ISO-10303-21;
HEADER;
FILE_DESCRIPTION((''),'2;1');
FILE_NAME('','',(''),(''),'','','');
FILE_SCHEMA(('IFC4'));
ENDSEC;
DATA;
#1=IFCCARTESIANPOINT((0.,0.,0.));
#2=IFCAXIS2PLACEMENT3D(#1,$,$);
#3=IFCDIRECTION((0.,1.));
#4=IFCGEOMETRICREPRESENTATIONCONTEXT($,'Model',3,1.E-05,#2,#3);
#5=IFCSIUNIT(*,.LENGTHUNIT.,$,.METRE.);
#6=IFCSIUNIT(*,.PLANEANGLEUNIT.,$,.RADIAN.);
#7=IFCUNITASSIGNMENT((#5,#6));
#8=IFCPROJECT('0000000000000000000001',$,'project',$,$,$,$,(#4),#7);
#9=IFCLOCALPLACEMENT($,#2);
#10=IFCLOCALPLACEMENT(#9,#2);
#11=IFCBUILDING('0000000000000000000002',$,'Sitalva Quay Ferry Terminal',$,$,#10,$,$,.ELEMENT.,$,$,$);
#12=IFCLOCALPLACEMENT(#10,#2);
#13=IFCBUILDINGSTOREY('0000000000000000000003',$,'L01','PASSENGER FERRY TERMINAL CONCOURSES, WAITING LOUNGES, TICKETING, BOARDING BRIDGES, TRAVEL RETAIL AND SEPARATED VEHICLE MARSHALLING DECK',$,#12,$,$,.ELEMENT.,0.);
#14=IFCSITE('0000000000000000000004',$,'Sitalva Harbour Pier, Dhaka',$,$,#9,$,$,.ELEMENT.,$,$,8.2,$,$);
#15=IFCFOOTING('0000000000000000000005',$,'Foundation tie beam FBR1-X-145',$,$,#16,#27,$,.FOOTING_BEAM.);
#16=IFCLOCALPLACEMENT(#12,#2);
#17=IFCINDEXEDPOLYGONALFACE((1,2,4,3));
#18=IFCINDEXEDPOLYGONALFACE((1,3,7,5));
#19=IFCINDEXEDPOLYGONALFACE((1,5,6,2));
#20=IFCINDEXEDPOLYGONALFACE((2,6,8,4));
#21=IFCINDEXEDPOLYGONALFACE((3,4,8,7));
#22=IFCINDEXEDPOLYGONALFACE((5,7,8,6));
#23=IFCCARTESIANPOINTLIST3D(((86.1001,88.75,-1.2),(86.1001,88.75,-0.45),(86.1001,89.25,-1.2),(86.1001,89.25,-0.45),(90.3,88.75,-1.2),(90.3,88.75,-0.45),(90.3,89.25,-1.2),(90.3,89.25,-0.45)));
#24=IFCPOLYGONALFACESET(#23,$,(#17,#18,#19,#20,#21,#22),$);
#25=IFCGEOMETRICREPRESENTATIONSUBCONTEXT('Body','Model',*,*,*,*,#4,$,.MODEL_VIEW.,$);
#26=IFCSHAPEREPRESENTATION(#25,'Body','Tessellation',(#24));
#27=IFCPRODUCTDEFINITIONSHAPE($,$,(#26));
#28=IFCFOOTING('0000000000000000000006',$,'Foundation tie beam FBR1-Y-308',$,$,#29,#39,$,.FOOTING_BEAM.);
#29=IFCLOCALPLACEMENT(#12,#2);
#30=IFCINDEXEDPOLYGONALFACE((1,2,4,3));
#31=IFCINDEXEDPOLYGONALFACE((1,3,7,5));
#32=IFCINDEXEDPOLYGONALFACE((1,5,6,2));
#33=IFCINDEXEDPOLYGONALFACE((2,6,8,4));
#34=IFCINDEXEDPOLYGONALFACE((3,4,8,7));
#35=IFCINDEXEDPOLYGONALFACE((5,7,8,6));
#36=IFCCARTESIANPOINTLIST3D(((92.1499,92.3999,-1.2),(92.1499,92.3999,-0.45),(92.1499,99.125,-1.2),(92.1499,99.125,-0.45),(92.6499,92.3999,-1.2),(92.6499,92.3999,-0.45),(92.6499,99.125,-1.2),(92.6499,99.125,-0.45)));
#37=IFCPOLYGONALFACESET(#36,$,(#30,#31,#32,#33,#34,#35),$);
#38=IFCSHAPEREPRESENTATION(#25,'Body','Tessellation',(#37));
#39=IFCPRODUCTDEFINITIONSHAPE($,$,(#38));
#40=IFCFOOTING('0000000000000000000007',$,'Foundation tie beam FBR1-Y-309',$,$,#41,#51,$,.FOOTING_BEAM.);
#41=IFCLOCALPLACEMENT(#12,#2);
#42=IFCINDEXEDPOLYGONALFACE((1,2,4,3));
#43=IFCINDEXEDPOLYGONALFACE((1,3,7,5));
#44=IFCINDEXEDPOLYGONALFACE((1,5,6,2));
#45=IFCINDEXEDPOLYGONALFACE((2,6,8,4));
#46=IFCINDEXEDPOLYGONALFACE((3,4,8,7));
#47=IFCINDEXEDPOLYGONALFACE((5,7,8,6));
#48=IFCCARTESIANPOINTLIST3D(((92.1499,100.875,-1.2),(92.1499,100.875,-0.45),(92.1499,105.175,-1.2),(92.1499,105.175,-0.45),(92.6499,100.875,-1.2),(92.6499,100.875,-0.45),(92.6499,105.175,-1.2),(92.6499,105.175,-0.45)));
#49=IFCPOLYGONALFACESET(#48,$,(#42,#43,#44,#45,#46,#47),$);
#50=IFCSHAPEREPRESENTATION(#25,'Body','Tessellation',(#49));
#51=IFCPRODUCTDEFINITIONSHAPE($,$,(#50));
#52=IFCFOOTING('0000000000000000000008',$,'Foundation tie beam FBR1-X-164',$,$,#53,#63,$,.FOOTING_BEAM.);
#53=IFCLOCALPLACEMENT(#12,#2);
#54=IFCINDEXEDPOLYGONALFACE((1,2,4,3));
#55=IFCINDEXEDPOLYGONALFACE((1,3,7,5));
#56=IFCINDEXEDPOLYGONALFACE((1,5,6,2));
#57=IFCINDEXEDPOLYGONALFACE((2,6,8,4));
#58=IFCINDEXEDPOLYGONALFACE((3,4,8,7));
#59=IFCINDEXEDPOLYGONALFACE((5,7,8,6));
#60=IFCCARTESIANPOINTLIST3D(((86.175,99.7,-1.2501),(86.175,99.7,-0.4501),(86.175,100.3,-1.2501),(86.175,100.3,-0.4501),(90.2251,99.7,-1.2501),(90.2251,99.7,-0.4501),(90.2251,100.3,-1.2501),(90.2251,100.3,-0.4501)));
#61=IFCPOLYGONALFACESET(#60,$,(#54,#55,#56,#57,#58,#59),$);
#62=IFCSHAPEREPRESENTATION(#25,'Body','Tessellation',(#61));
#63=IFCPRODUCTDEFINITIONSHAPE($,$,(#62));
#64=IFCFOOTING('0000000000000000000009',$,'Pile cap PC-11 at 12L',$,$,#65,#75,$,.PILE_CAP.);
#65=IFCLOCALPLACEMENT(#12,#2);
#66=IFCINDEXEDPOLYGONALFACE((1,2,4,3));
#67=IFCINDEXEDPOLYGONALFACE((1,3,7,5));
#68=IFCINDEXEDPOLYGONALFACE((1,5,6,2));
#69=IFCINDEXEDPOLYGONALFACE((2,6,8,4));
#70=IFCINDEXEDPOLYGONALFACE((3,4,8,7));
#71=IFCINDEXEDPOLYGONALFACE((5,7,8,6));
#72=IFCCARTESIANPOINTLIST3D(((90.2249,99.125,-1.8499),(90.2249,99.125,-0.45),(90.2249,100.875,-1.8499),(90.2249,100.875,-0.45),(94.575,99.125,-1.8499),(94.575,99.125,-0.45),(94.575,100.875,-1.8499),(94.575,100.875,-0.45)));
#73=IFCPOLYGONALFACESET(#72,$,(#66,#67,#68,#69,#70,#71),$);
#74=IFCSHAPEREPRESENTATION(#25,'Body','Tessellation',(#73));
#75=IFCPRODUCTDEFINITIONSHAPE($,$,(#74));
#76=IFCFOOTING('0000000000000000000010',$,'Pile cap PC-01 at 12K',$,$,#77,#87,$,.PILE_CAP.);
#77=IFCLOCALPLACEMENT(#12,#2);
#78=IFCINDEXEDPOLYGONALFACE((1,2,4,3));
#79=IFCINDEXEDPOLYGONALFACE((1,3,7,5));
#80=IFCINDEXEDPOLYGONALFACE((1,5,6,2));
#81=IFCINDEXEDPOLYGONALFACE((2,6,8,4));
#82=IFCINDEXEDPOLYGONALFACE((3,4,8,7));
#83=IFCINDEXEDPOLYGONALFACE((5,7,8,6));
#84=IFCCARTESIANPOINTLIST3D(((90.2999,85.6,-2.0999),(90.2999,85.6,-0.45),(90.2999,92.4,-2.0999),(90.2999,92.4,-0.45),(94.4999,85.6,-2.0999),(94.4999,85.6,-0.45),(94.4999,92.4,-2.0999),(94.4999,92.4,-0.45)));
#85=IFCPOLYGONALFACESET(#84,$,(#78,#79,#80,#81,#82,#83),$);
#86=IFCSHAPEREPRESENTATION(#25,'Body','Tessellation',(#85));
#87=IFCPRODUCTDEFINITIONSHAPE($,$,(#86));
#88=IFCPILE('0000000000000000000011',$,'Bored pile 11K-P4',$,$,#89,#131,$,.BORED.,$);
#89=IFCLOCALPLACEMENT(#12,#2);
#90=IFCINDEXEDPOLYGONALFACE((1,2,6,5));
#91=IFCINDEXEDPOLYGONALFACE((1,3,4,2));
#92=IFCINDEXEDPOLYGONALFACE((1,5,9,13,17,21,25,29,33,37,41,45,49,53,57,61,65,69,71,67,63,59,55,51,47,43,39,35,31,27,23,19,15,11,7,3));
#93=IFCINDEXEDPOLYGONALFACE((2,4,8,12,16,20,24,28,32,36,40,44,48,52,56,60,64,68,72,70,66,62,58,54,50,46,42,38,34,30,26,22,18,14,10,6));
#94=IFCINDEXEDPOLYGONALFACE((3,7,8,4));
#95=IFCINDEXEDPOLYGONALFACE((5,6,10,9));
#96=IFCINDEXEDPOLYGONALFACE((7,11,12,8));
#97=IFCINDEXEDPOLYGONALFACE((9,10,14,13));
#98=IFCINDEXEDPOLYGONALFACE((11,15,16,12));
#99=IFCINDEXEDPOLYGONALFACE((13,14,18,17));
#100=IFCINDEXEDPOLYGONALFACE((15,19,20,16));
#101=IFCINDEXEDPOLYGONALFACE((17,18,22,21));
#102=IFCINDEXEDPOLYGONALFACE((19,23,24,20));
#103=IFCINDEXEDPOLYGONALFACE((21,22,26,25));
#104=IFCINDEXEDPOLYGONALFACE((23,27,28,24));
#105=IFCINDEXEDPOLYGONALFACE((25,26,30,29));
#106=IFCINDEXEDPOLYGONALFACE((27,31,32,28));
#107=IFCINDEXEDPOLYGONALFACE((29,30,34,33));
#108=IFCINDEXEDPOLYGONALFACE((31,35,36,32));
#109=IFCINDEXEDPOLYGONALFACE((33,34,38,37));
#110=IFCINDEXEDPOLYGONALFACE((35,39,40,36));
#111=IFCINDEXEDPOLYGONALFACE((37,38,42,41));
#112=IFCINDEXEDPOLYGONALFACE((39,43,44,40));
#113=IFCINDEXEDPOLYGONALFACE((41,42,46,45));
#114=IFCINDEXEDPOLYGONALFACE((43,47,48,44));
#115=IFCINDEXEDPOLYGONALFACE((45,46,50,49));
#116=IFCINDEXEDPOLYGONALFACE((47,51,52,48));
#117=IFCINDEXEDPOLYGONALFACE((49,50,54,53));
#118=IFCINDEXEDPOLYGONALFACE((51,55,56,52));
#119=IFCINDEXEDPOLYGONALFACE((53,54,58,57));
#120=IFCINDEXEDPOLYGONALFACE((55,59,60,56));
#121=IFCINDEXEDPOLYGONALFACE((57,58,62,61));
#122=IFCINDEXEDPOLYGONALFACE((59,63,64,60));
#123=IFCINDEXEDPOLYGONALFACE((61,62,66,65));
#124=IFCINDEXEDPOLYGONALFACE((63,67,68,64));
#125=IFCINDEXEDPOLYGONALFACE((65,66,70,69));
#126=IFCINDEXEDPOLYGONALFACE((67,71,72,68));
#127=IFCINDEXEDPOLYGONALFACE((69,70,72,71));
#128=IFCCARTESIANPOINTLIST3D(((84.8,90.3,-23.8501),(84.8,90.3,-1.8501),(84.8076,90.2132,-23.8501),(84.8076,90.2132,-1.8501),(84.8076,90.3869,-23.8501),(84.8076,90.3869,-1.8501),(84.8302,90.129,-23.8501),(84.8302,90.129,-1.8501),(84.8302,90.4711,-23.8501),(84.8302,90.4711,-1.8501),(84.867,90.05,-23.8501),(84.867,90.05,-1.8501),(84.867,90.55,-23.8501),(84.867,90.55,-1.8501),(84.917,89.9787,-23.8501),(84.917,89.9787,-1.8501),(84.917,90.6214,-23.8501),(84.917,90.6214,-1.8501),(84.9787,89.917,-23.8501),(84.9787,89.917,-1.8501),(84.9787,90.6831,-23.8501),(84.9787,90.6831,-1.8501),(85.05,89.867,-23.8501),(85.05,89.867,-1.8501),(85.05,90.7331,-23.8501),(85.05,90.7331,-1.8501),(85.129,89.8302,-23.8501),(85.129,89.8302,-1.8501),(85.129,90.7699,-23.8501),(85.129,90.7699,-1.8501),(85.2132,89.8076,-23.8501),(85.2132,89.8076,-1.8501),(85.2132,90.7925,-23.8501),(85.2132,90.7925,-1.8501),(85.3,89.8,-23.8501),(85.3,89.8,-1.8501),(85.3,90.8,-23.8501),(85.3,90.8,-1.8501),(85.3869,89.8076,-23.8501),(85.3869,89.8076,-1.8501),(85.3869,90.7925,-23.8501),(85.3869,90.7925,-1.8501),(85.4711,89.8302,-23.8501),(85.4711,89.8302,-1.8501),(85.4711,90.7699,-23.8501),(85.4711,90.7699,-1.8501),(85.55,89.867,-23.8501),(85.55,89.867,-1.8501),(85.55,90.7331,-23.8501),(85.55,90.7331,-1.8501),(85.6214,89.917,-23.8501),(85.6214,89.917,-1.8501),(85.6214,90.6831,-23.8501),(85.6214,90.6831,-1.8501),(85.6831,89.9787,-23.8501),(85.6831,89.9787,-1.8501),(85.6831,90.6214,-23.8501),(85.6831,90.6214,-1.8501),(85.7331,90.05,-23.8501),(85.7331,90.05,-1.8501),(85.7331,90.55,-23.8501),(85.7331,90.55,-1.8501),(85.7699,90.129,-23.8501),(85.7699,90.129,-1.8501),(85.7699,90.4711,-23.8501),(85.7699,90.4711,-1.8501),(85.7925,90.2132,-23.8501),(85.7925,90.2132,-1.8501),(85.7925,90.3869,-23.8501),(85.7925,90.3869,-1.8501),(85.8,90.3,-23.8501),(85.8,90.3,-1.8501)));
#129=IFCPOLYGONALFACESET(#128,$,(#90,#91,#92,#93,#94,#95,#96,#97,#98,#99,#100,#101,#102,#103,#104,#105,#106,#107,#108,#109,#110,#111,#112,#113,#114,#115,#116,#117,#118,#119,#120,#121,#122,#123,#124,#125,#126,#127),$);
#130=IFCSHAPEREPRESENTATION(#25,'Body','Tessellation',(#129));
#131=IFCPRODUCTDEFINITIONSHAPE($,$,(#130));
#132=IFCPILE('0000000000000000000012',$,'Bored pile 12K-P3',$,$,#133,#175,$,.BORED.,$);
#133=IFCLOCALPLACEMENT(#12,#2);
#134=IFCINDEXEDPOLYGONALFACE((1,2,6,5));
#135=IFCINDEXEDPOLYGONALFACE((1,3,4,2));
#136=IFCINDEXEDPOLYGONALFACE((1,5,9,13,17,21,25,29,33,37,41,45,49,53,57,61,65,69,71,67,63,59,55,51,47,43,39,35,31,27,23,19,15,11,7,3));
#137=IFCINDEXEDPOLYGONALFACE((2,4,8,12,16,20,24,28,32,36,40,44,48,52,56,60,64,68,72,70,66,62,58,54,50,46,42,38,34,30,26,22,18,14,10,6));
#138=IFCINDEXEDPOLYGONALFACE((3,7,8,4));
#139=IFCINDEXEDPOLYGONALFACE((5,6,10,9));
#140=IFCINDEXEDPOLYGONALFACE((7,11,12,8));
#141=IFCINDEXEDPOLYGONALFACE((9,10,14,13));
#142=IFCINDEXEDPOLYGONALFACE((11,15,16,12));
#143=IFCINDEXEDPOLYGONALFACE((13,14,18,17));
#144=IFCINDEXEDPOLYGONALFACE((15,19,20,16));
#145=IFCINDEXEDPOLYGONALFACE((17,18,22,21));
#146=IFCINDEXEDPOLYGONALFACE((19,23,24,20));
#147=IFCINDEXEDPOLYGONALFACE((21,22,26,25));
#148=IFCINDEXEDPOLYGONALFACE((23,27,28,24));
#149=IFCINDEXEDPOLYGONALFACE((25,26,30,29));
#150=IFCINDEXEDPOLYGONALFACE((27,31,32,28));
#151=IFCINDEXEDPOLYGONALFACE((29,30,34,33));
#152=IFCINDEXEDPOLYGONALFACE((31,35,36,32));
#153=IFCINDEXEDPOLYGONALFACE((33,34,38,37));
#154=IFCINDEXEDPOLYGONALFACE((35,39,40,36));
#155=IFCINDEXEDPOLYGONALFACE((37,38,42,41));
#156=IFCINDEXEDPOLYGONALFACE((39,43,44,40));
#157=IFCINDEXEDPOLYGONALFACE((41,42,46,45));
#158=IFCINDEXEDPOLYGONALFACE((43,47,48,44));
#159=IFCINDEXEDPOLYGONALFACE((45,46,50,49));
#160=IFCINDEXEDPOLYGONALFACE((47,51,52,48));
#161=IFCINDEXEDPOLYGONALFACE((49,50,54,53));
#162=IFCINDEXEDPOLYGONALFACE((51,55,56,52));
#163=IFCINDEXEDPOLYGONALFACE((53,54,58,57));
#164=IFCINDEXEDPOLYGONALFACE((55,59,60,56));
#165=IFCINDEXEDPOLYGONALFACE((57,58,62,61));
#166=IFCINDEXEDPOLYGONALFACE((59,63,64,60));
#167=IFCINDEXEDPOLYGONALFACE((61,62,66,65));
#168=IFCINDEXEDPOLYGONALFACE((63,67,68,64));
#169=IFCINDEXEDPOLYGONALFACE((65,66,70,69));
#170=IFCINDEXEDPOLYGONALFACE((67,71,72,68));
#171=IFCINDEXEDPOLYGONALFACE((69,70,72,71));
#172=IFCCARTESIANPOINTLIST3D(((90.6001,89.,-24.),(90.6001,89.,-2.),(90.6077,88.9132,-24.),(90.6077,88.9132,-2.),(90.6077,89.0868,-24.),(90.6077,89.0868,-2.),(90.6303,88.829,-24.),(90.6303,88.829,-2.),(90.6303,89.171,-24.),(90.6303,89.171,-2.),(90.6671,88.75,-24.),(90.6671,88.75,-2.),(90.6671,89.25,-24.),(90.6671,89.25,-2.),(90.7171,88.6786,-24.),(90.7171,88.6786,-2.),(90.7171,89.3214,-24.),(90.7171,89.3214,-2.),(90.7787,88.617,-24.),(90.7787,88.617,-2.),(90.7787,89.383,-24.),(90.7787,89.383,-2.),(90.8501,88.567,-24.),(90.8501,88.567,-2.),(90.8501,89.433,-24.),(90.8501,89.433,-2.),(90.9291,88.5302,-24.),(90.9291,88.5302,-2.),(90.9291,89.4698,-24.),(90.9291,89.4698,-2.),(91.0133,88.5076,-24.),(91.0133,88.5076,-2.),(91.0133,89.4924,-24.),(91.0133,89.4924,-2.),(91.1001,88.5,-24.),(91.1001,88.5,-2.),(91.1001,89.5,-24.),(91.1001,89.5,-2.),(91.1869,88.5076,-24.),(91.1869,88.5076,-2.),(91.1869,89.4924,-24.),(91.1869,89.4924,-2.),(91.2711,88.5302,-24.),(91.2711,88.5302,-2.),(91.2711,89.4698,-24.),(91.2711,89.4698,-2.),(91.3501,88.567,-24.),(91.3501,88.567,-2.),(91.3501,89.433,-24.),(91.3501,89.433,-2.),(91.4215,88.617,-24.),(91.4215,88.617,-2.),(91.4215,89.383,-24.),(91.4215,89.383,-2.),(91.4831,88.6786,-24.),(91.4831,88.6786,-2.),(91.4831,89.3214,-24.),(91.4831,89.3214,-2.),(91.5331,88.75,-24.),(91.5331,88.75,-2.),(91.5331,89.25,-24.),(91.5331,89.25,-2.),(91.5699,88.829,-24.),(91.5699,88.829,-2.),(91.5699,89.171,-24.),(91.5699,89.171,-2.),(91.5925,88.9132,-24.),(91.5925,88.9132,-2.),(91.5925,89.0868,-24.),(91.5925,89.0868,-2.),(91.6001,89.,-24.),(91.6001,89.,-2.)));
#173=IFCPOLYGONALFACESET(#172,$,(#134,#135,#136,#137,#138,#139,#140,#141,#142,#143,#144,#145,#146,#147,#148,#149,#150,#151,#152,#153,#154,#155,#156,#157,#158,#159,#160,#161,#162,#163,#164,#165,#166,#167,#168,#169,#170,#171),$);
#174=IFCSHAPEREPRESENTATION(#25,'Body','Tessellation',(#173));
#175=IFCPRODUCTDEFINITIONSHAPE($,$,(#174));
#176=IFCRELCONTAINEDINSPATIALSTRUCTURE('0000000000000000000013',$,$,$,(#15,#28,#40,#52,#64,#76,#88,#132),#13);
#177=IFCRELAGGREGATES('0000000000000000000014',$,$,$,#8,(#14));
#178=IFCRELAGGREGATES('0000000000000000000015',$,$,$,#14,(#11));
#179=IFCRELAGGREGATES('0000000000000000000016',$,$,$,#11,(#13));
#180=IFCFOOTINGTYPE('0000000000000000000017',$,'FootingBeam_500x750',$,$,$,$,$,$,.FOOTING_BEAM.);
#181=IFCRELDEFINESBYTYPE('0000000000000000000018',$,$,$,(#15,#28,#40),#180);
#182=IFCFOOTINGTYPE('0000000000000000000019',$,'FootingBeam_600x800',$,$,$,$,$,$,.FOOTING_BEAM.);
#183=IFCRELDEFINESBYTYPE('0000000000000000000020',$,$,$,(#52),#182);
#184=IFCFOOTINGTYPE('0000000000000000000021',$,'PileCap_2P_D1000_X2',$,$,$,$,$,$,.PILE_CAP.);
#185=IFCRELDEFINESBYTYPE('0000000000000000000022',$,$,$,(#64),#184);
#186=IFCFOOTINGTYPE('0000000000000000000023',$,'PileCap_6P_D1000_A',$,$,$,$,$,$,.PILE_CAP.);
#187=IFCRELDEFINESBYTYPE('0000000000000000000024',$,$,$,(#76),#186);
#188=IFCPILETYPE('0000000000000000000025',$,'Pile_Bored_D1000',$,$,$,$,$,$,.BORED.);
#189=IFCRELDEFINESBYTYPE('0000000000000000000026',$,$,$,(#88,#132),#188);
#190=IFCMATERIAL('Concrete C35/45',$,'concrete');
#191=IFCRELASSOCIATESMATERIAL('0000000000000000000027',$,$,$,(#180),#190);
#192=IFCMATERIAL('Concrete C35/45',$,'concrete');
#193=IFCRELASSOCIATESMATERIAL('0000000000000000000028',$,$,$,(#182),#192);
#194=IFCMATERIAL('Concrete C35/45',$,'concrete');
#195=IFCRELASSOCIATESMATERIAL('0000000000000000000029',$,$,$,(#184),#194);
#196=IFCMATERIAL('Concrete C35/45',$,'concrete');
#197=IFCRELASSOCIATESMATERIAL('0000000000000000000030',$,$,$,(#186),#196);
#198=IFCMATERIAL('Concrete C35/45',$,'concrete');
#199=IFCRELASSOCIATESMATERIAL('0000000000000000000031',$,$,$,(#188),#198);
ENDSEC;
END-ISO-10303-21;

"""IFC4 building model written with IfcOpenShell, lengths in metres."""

from ifc_helpers import new_model, si_unit, direction, frame, origin, origin_2d, place, context, subcontext, project, spatial, rectangle, circle, extrude, material, material_profile, profile_set, type_object, element, save


model = new_model("IFC4")

# Units and contexts
model_context = context("Model", 3, precision=1e-05, world=origin(), true_north=direction((0.0, 1.0)))
body_context = subcontext(model_context, "Body", "Model", "MODEL_VIEW")
ifc_project = project(units=[si_unit("LENGTHUNIT", "METRE"), si_unit("PLANEANGLEUNIT", "RADIAN")], contexts=[model_context])

# Site, building, storey
site_placement = place(None, origin())
site = spatial("IfcSite", under=ifc_project, at=site_placement, Name="Sitalva Harbour Pier, Dhaka", CompositionType="ELEMENT", RefElevation=8.2)
building_placement = place(site_placement, origin())
building = spatial("IfcBuilding", under=site, at=building_placement, Name="Sitalva Quay Ferry Terminal", CompositionType="ELEMENT")
storey_placement = place(building_placement, origin())
storey = spatial("IfcBuildingStorey", under=building, at=storey_placement, Name="L01", Description="PASSENGER FERRY TERMINAL CONCOURSES, WAITING LOUNGES, TICKETING, BOARDING BRIDGES, TRAVEL RETAIL AND SEPARATED VEHICLE MARSHALLING DECK", CompositionType="ELEMENT", Elevation=0.0)

# Footings
ifc_material_1 = material(Name="Concrete C35/45", Category="concrete")
ifc_material_profile_1 = material_profile(ifc_material_1, rectangle(XDim=0.5, YDim=0.75, at=origin_2d()), Name="RC500x750")
ifc_profile_set_1 = profile_set([ifc_material_profile_1], Name="Concrete C35/45")
footing_type_1 = type_object("IfcFootingType", Name="FootingBeam_500x750", PredefinedType="FOOTING_BEAM", material=ifc_profile_set_1)
footing_1_placement = place(storey_placement, frame((86.1001, 89.0, -0.825), z_axis=(1.0, 0.0, 0.0), x_axis=(0.0, 1.0, 0.0)))
element("IfcFooting", 1, at=footing_1_placement, inside=storey, type_object=footing_type_1, Name="Foundation tie beam FBR1-X-145", PredefinedType="FOOTING_BEAM", context=body_context, shape_type="SweptSolid", body=[
    extrude(rectangle(XDim=0.5, YDim=0.75, at=origin_2d()), origin(), (0.0, 0.0, 1.0), 4.2),
])
footing_2_placement = place(storey_placement, frame((92.3999, 92.3999, -0.825), z_axis=(0.0, 1.0, 0.0), x_axis=(-1.0, 0.0, 0.0)))
element("IfcFooting", 2, at=footing_2_placement, inside=storey, type_object=footing_type_1, Name="Foundation tie beam FBR1-Y-308", PredefinedType="FOOTING_BEAM", context=body_context, shape_type="SweptSolid", body=[
    extrude(rectangle(XDim=0.5, YDim=0.75, at=origin_2d()), origin(), (0.0, 0.0, 1.0), 6.7251),
])
footing_3_placement = place(storey_placement, frame((92.3999, 100.875, -0.825), z_axis=(0.0, 1.0, 0.0), x_axis=(-1.0, 0.0, 0.0)))
element("IfcFooting", 3, at=footing_3_placement, inside=storey, type_object=footing_type_1, Name="Foundation tie beam FBR1-Y-309", PredefinedType="FOOTING_BEAM", context=body_context, shape_type="SweptSolid", body=[
    extrude(rectangle(XDim=0.5, YDim=0.75, at=origin_2d()), origin(), (0.0, 0.0, 1.0), 4.3),
])
ifc_material_2 = material(Name="Concrete C35/45", Category="concrete")
ifc_material_profile_2 = material_profile(ifc_material_2, rectangle(XDim=0.6001, YDim=0.8, at=origin_2d()), Name="RC600x800")
ifc_profile_set_2 = profile_set([ifc_material_profile_2], Name="Concrete C35/45")
footing_type_2 = type_object("IfcFootingType", Name="FootingBeam_600x800", PredefinedType="FOOTING_BEAM", material=ifc_profile_set_2)
footing_4_placement = place(storey_placement, frame((86.175, 100.0, -0.8501), z_axis=(1.0, 0.0, 0.0), x_axis=(0.0, 1.0, 0.0)))
element("IfcFooting", 4, at=footing_4_placement, inside=storey, type_object=footing_type_2, Name="Foundation tie beam FBR1-X-164", PredefinedType="FOOTING_BEAM", context=body_context, shape_type="SweptSolid", body=[
    extrude(rectangle(XDim=0.6001, YDim=0.8, at=origin_2d()), origin(), (0.0, 0.0, 1.0), 4.05),
])
ifc_material_3 = material(Name="Concrete C35/45", Category="concrete")
footing_type_3 = type_object("IfcFootingType", Name="PileCap_2P_D1000_X2", PredefinedType="PILE_CAP", material=ifc_material_3)
footing_5_placement = place(storey_placement, frame((92.3999, 100.0, -1.8499), z_axis=(0.0, 0.0, 1.0), x_axis=(1.0, 0.0, 0.0)))
element("IfcFooting", 5, at=footing_5_placement, inside=storey, type_object=footing_type_3, Name="Pile cap PC-11 at 12L", PredefinedType="PILE_CAP", context=body_context, shape_type="SweptSolid", body=[
    extrude(rectangle(XDim=4.3501, YDim=1.75, at=origin_2d()), origin(), (0.0, 0.0, 1.0), 1.3999),
])
ifc_material_4 = material(Name="Concrete C35/45", Category="concrete")
footing_type_4 = type_object("IfcFootingType", Name="PileCap_6P_D1000_A", PredefinedType="PILE_CAP", material=ifc_material_4)
footing_6_placement = place(storey_placement, frame((92.3999, 89.0, -2.0999), z_axis=(0.0, 0.0, 1.0), x_axis=(1.0, 0.0, 0.0)))
element("IfcFooting", 6, at=footing_6_placement, inside=storey, type_object=footing_type_4, Name="Pile cap PC-01 at 12K", PredefinedType="PILE_CAP", context=body_context, shape_type="SweptSolid", body=[
    extrude(rectangle(XDim=4.2, YDim=6.8, at=origin_2d()), origin(), (0.0, 0.0, 1.0), 1.6499),
])

# Piles
ifc_material_5 = material(Name="Concrete C35/45", Category="concrete")
ifc_material_profile_3 = material_profile(ifc_material_5, circle(Radius=0.5, at=origin_2d()), Name="PILE-D1000")
ifc_profile_set_3 = profile_set([ifc_material_profile_3], Name="Concrete C35/45")
pile_type = type_object("IfcPileType", Name="Pile_Bored_D1000", PredefinedType="BORED", material=ifc_profile_set_3)
for number, where, z_axis, x_axis, name in (
    (7, (85.3, 90.3, -1.8501), (0.0, 0.0, -1.0), (1.0, 0.0, 0.0), "Bored pile 11K-P4"),
    (8, (91.1001, 89.0, -2.0), (0.0, 0.0, -1.0), (1.0, 0.0, 0.0), "Bored pile 12K-P3"),
):
    element("IfcPile", number, at=place(storey_placement, frame(where, z_axis=z_axis, x_axis=x_axis)), inside=storey, type_object=pile_type, Name=name, PredefinedType="BORED", context=body_context, shape_type="SweptSolid", body=[
        extrude(circle(Radius=0.5, at=origin_2d()), origin(), (0.0, 0.0, 1.0), 22.0),
    ])

save(model, "model.ifc")
